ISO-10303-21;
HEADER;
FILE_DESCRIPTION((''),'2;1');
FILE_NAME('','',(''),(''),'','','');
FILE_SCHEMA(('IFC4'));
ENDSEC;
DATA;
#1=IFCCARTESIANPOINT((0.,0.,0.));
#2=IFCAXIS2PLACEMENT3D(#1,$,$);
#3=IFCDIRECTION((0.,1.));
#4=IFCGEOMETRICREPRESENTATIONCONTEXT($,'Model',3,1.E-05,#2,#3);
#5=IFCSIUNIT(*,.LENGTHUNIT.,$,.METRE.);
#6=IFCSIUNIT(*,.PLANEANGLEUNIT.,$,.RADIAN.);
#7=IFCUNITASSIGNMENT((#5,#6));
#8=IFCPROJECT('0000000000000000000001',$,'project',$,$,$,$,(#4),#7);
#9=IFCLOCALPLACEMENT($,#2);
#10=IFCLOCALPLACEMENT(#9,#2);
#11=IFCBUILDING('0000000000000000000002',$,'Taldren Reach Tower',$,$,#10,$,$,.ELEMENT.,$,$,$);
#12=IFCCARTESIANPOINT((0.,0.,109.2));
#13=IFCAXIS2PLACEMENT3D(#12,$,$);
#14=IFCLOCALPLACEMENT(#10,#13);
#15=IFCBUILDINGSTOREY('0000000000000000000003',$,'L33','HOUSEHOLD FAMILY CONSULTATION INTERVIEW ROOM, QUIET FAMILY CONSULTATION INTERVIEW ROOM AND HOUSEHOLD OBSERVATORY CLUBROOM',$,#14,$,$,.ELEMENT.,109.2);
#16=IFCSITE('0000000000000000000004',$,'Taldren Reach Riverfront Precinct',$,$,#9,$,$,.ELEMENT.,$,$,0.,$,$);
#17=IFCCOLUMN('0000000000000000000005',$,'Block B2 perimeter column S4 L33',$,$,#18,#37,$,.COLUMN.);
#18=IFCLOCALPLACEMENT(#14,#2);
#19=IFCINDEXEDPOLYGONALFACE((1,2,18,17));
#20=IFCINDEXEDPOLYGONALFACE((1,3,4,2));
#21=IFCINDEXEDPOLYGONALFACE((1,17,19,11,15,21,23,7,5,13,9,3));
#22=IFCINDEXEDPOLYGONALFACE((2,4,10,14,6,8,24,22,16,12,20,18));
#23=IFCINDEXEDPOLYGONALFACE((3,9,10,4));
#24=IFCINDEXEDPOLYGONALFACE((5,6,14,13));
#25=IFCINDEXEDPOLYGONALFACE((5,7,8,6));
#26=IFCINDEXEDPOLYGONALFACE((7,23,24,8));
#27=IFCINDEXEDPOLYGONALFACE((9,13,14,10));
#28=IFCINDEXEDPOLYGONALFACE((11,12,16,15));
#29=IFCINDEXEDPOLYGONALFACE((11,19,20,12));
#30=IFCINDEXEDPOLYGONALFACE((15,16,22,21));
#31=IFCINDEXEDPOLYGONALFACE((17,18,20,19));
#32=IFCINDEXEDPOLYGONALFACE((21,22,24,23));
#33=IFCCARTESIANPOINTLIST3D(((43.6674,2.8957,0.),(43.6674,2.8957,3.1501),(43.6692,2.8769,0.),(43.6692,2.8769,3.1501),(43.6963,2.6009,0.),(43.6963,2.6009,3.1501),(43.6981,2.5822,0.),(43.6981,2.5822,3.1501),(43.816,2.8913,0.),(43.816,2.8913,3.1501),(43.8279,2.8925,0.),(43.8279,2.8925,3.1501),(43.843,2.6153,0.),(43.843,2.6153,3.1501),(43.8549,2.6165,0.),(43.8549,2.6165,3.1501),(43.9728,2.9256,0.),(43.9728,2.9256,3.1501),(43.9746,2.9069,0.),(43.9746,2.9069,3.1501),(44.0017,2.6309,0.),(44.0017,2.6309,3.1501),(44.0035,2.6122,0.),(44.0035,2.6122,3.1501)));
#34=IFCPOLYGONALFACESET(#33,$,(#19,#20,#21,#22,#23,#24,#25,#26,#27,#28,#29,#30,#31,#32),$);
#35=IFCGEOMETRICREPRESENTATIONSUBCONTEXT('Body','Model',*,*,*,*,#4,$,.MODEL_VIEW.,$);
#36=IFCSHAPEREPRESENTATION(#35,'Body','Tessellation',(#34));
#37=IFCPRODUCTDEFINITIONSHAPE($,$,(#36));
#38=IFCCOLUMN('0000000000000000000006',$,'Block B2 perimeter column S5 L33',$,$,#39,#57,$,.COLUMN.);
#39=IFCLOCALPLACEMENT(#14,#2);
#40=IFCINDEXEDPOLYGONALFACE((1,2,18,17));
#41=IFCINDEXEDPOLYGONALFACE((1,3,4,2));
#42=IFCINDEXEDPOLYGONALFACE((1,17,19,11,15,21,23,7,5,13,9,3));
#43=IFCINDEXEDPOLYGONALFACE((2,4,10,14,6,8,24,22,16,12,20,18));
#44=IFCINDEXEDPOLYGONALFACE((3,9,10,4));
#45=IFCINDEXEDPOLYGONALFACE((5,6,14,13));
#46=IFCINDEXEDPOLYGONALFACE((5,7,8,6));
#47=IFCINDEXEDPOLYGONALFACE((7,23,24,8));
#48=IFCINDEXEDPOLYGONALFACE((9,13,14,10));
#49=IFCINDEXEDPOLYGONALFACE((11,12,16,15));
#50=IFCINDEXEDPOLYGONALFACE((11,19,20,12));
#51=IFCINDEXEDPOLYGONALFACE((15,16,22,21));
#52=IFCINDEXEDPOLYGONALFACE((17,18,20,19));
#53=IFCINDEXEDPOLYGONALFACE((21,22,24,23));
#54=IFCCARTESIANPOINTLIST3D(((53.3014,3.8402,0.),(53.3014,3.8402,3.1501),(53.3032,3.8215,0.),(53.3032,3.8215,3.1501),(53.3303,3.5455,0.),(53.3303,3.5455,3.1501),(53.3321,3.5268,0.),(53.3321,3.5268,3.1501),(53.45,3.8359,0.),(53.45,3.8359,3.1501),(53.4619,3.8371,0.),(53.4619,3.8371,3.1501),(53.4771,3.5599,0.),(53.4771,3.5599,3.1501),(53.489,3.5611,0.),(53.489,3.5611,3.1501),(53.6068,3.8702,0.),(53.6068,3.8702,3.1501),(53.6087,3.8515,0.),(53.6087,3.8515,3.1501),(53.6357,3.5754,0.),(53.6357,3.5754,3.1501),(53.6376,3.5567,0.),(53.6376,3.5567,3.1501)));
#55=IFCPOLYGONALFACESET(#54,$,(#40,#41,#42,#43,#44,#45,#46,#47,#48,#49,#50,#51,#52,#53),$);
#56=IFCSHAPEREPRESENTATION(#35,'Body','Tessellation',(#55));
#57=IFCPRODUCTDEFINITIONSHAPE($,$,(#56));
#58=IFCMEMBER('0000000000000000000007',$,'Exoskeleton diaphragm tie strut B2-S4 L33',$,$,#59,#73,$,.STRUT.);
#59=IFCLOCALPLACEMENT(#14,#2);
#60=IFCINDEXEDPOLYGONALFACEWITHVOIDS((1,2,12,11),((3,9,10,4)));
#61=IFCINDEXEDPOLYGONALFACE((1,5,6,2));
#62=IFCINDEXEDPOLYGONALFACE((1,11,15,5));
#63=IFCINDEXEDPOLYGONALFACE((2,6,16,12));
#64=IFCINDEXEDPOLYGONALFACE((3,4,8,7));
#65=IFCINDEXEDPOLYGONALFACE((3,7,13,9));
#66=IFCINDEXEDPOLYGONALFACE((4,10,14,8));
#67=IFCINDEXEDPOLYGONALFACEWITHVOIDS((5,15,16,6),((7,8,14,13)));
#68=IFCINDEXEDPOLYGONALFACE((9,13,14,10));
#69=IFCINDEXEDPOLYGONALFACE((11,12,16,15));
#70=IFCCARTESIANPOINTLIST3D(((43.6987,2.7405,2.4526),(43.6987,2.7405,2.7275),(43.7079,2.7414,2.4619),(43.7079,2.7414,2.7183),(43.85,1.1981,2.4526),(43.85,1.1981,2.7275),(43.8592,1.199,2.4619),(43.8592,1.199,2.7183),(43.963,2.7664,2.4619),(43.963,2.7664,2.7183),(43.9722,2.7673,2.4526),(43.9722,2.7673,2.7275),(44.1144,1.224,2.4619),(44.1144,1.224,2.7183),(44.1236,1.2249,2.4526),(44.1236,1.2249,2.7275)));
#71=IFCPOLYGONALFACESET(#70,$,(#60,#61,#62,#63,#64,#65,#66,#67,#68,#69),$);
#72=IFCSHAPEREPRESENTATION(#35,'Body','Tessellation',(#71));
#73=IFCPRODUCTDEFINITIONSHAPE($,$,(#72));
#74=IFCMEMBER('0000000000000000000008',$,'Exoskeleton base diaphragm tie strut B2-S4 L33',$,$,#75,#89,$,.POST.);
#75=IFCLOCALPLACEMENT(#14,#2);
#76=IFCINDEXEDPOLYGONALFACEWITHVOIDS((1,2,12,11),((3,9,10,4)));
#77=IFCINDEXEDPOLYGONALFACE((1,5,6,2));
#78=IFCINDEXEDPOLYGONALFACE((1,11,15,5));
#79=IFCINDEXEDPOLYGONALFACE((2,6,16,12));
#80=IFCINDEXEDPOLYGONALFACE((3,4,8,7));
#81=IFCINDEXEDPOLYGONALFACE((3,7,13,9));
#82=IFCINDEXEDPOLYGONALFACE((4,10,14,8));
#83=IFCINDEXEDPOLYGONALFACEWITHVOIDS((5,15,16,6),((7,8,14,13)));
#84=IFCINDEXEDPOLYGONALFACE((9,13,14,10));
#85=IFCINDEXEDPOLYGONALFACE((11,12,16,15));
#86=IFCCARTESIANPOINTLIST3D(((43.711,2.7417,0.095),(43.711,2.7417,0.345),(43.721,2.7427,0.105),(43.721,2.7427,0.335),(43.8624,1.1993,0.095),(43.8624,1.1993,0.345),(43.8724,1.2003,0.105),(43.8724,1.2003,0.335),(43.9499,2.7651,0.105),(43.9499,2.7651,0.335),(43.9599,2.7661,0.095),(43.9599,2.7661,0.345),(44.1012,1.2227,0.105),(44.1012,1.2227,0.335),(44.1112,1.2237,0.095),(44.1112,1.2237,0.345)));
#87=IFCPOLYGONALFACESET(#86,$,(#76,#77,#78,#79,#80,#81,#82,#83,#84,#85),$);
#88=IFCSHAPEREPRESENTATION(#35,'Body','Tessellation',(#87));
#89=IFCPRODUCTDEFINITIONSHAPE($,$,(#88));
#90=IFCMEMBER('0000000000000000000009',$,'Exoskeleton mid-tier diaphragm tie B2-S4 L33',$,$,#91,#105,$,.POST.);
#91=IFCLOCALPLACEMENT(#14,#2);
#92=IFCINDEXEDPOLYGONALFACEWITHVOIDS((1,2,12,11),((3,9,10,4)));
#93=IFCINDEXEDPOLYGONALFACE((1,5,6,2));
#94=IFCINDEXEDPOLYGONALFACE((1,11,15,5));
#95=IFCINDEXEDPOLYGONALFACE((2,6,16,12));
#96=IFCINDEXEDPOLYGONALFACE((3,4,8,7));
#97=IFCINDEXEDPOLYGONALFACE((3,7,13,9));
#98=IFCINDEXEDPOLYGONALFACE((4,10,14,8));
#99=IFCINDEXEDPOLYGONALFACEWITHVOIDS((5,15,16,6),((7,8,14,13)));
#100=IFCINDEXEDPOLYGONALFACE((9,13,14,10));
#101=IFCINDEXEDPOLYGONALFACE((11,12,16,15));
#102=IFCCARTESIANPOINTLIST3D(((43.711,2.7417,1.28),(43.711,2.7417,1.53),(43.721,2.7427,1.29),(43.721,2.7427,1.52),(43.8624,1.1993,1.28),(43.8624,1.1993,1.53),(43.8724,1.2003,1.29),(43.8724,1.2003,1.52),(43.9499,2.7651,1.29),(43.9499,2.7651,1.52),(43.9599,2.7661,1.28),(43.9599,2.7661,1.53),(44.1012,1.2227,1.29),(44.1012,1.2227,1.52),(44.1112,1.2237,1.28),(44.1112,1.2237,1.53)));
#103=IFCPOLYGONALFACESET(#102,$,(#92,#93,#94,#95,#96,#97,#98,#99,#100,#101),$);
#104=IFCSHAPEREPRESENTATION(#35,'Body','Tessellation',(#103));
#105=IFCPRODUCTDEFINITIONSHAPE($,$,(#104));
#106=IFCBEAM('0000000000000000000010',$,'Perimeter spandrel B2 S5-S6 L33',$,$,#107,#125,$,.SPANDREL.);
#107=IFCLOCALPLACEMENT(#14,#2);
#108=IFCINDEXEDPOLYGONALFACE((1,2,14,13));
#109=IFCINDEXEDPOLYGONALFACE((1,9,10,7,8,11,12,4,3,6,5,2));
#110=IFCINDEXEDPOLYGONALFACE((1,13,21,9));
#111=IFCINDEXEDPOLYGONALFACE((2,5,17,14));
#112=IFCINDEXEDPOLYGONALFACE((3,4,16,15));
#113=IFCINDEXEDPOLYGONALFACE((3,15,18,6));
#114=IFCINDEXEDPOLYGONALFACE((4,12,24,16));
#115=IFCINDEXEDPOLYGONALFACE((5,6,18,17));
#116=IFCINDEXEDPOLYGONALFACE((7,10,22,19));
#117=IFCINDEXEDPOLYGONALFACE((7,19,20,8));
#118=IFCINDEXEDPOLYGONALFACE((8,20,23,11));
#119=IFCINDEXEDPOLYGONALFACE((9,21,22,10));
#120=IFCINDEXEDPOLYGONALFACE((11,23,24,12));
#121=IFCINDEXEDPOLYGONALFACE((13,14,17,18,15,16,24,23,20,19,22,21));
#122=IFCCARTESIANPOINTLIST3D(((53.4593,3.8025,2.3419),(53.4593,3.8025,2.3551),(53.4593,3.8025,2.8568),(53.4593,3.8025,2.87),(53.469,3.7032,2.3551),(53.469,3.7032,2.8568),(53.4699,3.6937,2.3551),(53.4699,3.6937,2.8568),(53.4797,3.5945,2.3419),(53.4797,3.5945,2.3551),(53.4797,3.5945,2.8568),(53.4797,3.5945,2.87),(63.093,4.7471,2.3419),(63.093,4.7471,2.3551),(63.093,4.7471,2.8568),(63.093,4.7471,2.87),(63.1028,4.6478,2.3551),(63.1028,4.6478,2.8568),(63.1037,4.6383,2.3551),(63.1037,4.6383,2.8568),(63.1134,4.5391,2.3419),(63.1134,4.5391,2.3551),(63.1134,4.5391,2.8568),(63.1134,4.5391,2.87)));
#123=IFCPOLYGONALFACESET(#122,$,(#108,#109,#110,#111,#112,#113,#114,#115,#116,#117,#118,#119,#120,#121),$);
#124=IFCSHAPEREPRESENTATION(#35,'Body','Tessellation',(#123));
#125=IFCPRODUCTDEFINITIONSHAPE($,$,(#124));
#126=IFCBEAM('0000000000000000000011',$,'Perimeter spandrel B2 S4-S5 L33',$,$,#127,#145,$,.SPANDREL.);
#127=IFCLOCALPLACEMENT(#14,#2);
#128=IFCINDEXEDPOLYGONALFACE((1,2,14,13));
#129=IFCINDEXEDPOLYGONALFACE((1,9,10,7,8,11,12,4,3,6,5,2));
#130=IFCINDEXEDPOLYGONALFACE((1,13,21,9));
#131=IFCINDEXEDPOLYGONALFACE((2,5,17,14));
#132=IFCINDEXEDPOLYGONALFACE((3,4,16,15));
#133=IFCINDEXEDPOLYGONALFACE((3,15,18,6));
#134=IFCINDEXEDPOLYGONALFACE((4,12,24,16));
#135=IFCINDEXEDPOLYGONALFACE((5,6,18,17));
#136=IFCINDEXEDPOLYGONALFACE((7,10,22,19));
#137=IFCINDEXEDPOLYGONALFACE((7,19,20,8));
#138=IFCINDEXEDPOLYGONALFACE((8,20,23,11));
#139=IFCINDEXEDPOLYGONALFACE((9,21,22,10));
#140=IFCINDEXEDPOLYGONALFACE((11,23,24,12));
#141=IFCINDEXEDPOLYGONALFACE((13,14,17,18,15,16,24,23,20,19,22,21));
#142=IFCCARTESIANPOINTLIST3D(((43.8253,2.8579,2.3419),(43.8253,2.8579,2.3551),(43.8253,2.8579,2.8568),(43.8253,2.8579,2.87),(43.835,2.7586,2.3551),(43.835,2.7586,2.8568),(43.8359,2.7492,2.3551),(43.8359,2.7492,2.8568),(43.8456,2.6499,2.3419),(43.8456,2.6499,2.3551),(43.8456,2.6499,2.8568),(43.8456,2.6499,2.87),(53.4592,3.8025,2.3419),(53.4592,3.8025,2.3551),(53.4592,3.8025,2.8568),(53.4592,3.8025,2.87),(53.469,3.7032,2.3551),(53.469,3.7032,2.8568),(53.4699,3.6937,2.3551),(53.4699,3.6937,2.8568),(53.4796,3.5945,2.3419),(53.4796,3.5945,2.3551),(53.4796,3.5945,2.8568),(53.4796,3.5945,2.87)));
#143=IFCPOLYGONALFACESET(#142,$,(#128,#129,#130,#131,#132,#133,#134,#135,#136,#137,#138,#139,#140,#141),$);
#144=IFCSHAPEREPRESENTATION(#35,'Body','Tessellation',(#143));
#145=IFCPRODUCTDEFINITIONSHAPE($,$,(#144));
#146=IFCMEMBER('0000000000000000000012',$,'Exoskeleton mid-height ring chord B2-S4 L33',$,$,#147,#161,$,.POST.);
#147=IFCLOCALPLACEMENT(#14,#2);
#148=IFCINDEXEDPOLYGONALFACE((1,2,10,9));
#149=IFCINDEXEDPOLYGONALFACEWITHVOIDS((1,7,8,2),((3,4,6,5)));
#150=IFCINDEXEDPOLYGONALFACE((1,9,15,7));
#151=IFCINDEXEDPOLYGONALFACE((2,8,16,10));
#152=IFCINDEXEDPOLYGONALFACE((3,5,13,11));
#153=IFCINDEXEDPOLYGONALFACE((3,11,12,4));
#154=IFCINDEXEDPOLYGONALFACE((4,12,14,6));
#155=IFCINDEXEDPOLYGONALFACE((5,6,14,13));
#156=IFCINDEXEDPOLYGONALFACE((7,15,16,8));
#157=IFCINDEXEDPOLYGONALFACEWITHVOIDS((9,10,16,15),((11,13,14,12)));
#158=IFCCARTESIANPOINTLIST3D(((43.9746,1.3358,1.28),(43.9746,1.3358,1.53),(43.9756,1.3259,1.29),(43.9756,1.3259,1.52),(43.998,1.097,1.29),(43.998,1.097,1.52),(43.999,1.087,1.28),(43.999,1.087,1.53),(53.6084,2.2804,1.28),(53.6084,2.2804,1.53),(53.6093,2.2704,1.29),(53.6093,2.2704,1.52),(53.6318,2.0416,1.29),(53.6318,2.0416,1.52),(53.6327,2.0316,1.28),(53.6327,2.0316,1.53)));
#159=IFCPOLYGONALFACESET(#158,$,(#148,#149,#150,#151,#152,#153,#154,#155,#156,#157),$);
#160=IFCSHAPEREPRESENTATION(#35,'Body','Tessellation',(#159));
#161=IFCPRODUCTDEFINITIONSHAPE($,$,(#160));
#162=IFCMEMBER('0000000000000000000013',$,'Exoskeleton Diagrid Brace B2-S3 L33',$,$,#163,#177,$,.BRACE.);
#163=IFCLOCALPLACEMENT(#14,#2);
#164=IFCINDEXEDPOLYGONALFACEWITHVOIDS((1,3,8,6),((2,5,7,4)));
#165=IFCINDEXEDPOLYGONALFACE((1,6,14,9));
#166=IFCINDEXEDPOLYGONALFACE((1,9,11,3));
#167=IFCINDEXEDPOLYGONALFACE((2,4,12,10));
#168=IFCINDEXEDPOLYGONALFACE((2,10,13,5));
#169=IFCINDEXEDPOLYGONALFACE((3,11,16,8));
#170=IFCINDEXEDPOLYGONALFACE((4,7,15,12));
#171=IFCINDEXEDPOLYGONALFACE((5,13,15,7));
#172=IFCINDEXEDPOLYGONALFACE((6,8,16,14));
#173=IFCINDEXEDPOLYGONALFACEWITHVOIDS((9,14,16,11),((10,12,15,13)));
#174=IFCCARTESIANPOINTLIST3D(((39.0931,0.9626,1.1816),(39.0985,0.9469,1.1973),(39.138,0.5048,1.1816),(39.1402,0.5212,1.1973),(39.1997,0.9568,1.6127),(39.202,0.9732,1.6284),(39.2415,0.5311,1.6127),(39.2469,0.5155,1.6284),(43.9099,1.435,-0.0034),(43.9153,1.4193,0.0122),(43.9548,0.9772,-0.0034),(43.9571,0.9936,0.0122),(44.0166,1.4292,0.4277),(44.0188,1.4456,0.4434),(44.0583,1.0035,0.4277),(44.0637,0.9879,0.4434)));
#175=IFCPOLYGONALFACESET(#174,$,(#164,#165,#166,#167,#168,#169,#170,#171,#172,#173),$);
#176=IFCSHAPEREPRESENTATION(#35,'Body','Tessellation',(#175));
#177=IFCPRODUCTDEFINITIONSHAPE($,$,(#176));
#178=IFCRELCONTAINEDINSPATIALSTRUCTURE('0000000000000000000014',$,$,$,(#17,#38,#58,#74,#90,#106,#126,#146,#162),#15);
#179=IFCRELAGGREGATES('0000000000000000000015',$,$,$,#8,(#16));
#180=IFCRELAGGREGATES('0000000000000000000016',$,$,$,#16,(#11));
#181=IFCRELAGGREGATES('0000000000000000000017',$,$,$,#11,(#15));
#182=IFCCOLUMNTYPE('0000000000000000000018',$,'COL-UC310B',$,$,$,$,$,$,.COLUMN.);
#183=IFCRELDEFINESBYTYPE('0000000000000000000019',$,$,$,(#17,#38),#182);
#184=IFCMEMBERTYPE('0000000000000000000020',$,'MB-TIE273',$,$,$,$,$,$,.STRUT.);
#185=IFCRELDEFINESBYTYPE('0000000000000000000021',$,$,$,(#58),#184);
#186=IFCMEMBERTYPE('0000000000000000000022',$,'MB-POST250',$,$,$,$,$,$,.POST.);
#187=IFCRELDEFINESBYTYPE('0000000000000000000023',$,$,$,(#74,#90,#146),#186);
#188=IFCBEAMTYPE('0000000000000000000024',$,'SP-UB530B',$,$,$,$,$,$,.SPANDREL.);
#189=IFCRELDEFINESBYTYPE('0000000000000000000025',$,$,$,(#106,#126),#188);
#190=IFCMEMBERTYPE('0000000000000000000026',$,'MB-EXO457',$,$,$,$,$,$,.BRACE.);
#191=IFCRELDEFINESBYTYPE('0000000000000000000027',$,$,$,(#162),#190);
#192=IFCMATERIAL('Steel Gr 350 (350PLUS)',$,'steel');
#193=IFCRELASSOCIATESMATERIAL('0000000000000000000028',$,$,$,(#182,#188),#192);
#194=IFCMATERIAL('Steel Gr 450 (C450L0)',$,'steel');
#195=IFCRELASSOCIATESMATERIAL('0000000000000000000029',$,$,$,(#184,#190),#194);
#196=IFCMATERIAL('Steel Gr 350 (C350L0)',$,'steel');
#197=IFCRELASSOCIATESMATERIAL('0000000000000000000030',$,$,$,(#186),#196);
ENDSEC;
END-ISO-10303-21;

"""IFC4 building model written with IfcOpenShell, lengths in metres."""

from ifc_helpers import new_model, si_unit, direction, frame, origin, origin_2d, place, context, subcontext, project, spatial, hollow_rectangle, i_section, extrude, source, transform, mapped, material, material_profile, profile_set, type_object, element, save


model = new_model("IFC4")

# Units and contexts
model_context = context("Model", 3, precision=1e-05, world=origin(), true_north=direction((0.0, 1.0)))
body_context = subcontext(model_context, "Body", "Model", "MODEL_VIEW")
ifc_project = project(units=[si_unit("LENGTHUNIT", "METRE"), si_unit("PLANEANGLEUNIT", "RADIAN")], contexts=[model_context])

# Site, building, storey
site_placement = place(None, origin())
site = spatial("IfcSite", under=ifc_project, at=site_placement, Name="Taldren Reach Riverfront Precinct", CompositionType="ELEMENT", RefElevation=0.0)
building_placement = place(site_placement, origin())
building = spatial("IfcBuilding", under=site, at=building_placement, Name="Taldren Reach Tower", CompositionType="ELEMENT")
storey_placement = place(building_placement, frame((0.0, 0.0, 109.2)))
storey = spatial("IfcBuildingStorey", under=building, at=storey_placement, Name="L33", Description="HOUSEHOLD FAMILY CONSULTATION INTERVIEW ROOM, QUIET FAMILY CONSULTATION INTERVIEW ROOM AND HOUSEHOLD OBSERVATORY CLUBROOM", CompositionType="ELEMENT", Elevation=109.2)

# Columns
ifc_material_1 = material(Name="Steel Gr 350 (350PLUS)", Category="steel")
ifc_material_profile_1 = material_profile(ifc_material_1, i_section(OverallWidth=0.3069, OverallDepth=0.3149, WebThickness=0.012, FlangeThickness=0.0188, at=origin_2d()), Name="310UC118")
ifc_profile_set_1 = profile_set([ifc_material_profile_1], Name="Steel Gr 350 (350PLUS)")
column_type = type_object("IfcColumnType", Name="COL-UC310B", PredefinedType="COLUMN", material=ifc_profile_set_1)
shared_shape_1 = source(origin(), body_context, "Body", "SweptSolid", [
    extrude(i_section(OverallWidth=0.3069, OverallDepth=0.3149, WebThickness=0.012, FlangeThickness=0.0188, at=origin_2d()), origin(), (0.0, 0.0, 1.0), 3.1501),
])
for number, where, z_axis, x_axis, name in (
    (1, (43.8354, 2.7539, 0.0), (0.0, 0.0, 1.0), (0.995227, 0.097583, 0.0), "Block B2 perimeter column S4 L33"),
    (2, (53.4695, 3.6985, 0.0), (0.0, 0.0, 1.0), (0.995227, 0.097583, 0.0), "Block B2 perimeter column S5 L33"),
):
    element("IfcColumn", number, at=place(storey_placement, frame(where, z_axis=z_axis, x_axis=x_axis)), inside=storey, type_object=column_type, Name=name, PredefinedType="COLUMN", context=body_context, shape_type="MappedRepresentation", body=[
        mapped(shared_shape_1, transform((0.0, 0.0, 0.0), scale=1.0)),
    ])

# Members
ifc_material_2 = material(Name="Steel Gr 450 (C450L0)", Category="steel")
ifc_material_profile_2 = material_profile(ifc_material_2, hollow_rectangle(XDim=0.2749, YDim=0.2749, WallThickness=0.0093, at=origin_2d()), Name="275x275x9.3SHS")
ifc_profile_set_2 = profile_set([ifc_material_profile_2], Name="Steel Gr 450 (C450L0)")
member_type_1 = type_object("IfcMemberType", Name="MB-TIE273", PredefinedType="STRUT", material=ifc_profile_set_2)
shared_shape_2 = source(origin(), body_context, "Body", "SweptSolid", [
    extrude(hollow_rectangle(XDim=0.2749, YDim=0.2749, WallThickness=0.0093, at=origin_2d()), origin(), (0.0, 0.0, 1.0), 1.5498),
])
member_1_placement = place(storey_placement, frame((43.8354, 2.7539, 2.5901), z_axis=(0.097663, -0.99522, 0.0), x_axis=(0.99522, 0.097663, 0.0)))
element("IfcMember", 3, at=member_1_placement, inside=storey, type_object=member_type_1, Name="Exoskeleton diaphragm tie strut B2-S4 L33", PredefinedType="STRUT", context=body_context, shape_type="MappedRepresentation", body=[
    mapped(shared_shape_2, transform((0.0, 0.0, 0.0), scale=1.0)),
])
ifc_material_3 = material(Name="Steel Gr 350 (C350L0)", Category="steel")
ifc_material_profile_3 = material_profile(ifc_material_3, hollow_rectangle(XDim=0.25, YDim=0.25, WallThickness=0.01, at=origin_2d()), Name="250x250x10.0SHS")
ifc_profile_set_3 = profile_set([ifc_material_profile_3], Name="Steel Gr 350 (C350L0)")
member_type_2 = type_object("IfcMemberType", Name="MB-POST250", PredefinedType="POST", material=ifc_profile_set_3)
shared_shape_3 = source(origin(), body_context, "Body", "SweptSolid", [
    extrude(hollow_rectangle(XDim=0.25, YDim=0.25, WallThickness=0.01, at=origin_2d()), origin(), (0.0, 0.0, 1.0), 1.5498),
])
for number, where, z_axis, x_axis, name in (
    (4, (43.8354, 2.7539, 0.22), (0.097663, -0.99522, 0.0), (0.99522, 0.097663, 0.0), "Exoskeleton base diaphragm tie strut B2-S4 L33"),
    (5, (43.8354, 2.7539, 1.405), (0.097663, -0.99522, 0.0), (0.99522, 0.097663, 0.0), "Exoskeleton mid-tier diaphragm tie B2-S4 L33"),
):
    element("IfcMember", number, at=place(storey_placement, frame(where, z_axis=z_axis, x_axis=x_axis)), inside=storey, type_object=member_type_2, Name=name, PredefinedType="POST", context=body_context, shape_type="MappedRepresentation", body=[
        mapped(shared_shape_3, transform((0.0, 0.0, 0.0), scale=1.0)),
    ])

# Beams
ifc_material_profile_4 = material_profile(ifc_material_1, i_section(OverallWidth=0.209, OverallDepth=0.5281, WebThickness=0.0095, FlangeThickness=0.0132, at=origin_2d()), Name="530UB82.0")
ifc_profile_set_4 = profile_set([ifc_material_profile_4], Name="Steel Gr 350 (350PLUS)")
beam_type = type_object("IfcBeamType", Name="SP-UB530B", PredefinedType="SPANDREL", material=ifc_profile_set_4)
shared_shape_4 = source(origin(), body_context, "Body", "SweptSolid", [
    extrude(i_section(OverallWidth=0.209, OverallDepth=0.5281, WebThickness=0.0095, FlangeThickness=0.0132, at=origin_2d()), origin(), (0.0, 0.0, 1.0), 9.6799),
])
beam_1_placement = place(storey_placement, frame((53.4695, 3.6985, 2.606), z_axis=(0.995228, 0.097581, 0.0), x_axis=(-0.097581, 0.995228, 0.0)))
element("IfcBeam", 6, at=beam_1_placement, inside=storey, type_object=beam_type, Name="Perimeter spandrel B2 S5-S6 L33", PredefinedType="SPANDREL", context=body_context, shape_type="MappedRepresentation", body=[
    mapped(shared_shape_4, transform((0.0, 0.0, 0.0), scale=1.0)),
])
shared_shape_5 = source(origin(), body_context, "Body", "SweptSolid", [
    extrude(i_section(OverallWidth=0.209, OverallDepth=0.5281, WebThickness=0.0095, FlangeThickness=0.0132, at=origin_2d()), origin(), (0.0, 0.0, 1.0), 9.6802),
])
beam_2_placement = place(storey_placement, frame((43.8354, 2.7539, 2.606), z_axis=(0.995228, 0.097578, 0.0), x_axis=(-0.097578, 0.995228, 0.0)))
element("IfcBeam", 7, at=beam_2_placement, inside=storey, type_object=beam_type, Name="Perimeter spandrel B2 S4-S5 L33", PredefinedType="SPANDREL", context=body_context, shape_type="MappedRepresentation", body=[
    mapped(shared_shape_5, transform((0.0, 0.0, 0.0), scale=1.0)),
])

# Members
shared_shape_6 = source(origin(), body_context, "Body", "SweptSolid", [
    extrude(hollow_rectangle(XDim=0.25, YDim=0.25, WallThickness=0.01, at=origin_2d()), origin(), (0.0, 0.0, 1.0), 9.6799),
])
member_2_placement = place(storey_placement, frame((43.9868, 1.2114, 1.405), z_axis=(0.995228, 0.097581, 0.0), x_axis=(-0.097581, 0.995228, 0.0)))
element("IfcMember", 8, at=member_2_placement, inside=storey, type_object=member_type_2, Name="Exoskeleton mid-height ring chord B2-S4 L33", PredefinedType="POST", context=body_context, shape_type="MappedRepresentation", body=[
    mapped(shared_shape_6, transform((0.0, 0.0, 0.0), scale=1.0)),
])
ifc_material_profile_5 = material_profile(ifc_material_2, hollow_rectangle(XDim=0.46, YDim=0.46, WallThickness=0.0161, at=origin_2d()), Name="460x460x16.0SHS")
ifc_profile_set_5 = profile_set([ifc_material_profile_5], Name="Steel Gr 450 (C450L0)")
member_type_3 = type_object("IfcMemberType", Name="MB-EXO457", PredefinedType="BRACE", material=ifc_profile_set_5)
shared_shape_7 = source(origin(), body_context, "Body", "SweptSolid", [
    extrude(hollow_rectangle(XDim=0.46, YDim=0.46, WallThickness=0.0161, at=origin_2d()), origin(), (0.0, 0.0, 1.0), 4.9829),
])
for number, where, z_axis, x_axis, name in (
    (9, (43.9868, 1.2114, 0.22), (-0.966671, -0.094805, 0.237822), (0.097606, -0.995225, 0.0), "Exoskeleton Diagrid Brace B2-S3 L33"),
):
    element("IfcMember", number, at=place(storey_placement, frame(where, z_axis=z_axis, x_axis=x_axis)), inside=storey, type_object=member_type_3, Name=name, PredefinedType="BRACE", context=body_context, shape_type="MappedRepresentation", body=[
        mapped(shared_shape_7, transform((0.0, 0.0, 0.0), scale=1.0)),
    ])

save(model, "model.ifc")
